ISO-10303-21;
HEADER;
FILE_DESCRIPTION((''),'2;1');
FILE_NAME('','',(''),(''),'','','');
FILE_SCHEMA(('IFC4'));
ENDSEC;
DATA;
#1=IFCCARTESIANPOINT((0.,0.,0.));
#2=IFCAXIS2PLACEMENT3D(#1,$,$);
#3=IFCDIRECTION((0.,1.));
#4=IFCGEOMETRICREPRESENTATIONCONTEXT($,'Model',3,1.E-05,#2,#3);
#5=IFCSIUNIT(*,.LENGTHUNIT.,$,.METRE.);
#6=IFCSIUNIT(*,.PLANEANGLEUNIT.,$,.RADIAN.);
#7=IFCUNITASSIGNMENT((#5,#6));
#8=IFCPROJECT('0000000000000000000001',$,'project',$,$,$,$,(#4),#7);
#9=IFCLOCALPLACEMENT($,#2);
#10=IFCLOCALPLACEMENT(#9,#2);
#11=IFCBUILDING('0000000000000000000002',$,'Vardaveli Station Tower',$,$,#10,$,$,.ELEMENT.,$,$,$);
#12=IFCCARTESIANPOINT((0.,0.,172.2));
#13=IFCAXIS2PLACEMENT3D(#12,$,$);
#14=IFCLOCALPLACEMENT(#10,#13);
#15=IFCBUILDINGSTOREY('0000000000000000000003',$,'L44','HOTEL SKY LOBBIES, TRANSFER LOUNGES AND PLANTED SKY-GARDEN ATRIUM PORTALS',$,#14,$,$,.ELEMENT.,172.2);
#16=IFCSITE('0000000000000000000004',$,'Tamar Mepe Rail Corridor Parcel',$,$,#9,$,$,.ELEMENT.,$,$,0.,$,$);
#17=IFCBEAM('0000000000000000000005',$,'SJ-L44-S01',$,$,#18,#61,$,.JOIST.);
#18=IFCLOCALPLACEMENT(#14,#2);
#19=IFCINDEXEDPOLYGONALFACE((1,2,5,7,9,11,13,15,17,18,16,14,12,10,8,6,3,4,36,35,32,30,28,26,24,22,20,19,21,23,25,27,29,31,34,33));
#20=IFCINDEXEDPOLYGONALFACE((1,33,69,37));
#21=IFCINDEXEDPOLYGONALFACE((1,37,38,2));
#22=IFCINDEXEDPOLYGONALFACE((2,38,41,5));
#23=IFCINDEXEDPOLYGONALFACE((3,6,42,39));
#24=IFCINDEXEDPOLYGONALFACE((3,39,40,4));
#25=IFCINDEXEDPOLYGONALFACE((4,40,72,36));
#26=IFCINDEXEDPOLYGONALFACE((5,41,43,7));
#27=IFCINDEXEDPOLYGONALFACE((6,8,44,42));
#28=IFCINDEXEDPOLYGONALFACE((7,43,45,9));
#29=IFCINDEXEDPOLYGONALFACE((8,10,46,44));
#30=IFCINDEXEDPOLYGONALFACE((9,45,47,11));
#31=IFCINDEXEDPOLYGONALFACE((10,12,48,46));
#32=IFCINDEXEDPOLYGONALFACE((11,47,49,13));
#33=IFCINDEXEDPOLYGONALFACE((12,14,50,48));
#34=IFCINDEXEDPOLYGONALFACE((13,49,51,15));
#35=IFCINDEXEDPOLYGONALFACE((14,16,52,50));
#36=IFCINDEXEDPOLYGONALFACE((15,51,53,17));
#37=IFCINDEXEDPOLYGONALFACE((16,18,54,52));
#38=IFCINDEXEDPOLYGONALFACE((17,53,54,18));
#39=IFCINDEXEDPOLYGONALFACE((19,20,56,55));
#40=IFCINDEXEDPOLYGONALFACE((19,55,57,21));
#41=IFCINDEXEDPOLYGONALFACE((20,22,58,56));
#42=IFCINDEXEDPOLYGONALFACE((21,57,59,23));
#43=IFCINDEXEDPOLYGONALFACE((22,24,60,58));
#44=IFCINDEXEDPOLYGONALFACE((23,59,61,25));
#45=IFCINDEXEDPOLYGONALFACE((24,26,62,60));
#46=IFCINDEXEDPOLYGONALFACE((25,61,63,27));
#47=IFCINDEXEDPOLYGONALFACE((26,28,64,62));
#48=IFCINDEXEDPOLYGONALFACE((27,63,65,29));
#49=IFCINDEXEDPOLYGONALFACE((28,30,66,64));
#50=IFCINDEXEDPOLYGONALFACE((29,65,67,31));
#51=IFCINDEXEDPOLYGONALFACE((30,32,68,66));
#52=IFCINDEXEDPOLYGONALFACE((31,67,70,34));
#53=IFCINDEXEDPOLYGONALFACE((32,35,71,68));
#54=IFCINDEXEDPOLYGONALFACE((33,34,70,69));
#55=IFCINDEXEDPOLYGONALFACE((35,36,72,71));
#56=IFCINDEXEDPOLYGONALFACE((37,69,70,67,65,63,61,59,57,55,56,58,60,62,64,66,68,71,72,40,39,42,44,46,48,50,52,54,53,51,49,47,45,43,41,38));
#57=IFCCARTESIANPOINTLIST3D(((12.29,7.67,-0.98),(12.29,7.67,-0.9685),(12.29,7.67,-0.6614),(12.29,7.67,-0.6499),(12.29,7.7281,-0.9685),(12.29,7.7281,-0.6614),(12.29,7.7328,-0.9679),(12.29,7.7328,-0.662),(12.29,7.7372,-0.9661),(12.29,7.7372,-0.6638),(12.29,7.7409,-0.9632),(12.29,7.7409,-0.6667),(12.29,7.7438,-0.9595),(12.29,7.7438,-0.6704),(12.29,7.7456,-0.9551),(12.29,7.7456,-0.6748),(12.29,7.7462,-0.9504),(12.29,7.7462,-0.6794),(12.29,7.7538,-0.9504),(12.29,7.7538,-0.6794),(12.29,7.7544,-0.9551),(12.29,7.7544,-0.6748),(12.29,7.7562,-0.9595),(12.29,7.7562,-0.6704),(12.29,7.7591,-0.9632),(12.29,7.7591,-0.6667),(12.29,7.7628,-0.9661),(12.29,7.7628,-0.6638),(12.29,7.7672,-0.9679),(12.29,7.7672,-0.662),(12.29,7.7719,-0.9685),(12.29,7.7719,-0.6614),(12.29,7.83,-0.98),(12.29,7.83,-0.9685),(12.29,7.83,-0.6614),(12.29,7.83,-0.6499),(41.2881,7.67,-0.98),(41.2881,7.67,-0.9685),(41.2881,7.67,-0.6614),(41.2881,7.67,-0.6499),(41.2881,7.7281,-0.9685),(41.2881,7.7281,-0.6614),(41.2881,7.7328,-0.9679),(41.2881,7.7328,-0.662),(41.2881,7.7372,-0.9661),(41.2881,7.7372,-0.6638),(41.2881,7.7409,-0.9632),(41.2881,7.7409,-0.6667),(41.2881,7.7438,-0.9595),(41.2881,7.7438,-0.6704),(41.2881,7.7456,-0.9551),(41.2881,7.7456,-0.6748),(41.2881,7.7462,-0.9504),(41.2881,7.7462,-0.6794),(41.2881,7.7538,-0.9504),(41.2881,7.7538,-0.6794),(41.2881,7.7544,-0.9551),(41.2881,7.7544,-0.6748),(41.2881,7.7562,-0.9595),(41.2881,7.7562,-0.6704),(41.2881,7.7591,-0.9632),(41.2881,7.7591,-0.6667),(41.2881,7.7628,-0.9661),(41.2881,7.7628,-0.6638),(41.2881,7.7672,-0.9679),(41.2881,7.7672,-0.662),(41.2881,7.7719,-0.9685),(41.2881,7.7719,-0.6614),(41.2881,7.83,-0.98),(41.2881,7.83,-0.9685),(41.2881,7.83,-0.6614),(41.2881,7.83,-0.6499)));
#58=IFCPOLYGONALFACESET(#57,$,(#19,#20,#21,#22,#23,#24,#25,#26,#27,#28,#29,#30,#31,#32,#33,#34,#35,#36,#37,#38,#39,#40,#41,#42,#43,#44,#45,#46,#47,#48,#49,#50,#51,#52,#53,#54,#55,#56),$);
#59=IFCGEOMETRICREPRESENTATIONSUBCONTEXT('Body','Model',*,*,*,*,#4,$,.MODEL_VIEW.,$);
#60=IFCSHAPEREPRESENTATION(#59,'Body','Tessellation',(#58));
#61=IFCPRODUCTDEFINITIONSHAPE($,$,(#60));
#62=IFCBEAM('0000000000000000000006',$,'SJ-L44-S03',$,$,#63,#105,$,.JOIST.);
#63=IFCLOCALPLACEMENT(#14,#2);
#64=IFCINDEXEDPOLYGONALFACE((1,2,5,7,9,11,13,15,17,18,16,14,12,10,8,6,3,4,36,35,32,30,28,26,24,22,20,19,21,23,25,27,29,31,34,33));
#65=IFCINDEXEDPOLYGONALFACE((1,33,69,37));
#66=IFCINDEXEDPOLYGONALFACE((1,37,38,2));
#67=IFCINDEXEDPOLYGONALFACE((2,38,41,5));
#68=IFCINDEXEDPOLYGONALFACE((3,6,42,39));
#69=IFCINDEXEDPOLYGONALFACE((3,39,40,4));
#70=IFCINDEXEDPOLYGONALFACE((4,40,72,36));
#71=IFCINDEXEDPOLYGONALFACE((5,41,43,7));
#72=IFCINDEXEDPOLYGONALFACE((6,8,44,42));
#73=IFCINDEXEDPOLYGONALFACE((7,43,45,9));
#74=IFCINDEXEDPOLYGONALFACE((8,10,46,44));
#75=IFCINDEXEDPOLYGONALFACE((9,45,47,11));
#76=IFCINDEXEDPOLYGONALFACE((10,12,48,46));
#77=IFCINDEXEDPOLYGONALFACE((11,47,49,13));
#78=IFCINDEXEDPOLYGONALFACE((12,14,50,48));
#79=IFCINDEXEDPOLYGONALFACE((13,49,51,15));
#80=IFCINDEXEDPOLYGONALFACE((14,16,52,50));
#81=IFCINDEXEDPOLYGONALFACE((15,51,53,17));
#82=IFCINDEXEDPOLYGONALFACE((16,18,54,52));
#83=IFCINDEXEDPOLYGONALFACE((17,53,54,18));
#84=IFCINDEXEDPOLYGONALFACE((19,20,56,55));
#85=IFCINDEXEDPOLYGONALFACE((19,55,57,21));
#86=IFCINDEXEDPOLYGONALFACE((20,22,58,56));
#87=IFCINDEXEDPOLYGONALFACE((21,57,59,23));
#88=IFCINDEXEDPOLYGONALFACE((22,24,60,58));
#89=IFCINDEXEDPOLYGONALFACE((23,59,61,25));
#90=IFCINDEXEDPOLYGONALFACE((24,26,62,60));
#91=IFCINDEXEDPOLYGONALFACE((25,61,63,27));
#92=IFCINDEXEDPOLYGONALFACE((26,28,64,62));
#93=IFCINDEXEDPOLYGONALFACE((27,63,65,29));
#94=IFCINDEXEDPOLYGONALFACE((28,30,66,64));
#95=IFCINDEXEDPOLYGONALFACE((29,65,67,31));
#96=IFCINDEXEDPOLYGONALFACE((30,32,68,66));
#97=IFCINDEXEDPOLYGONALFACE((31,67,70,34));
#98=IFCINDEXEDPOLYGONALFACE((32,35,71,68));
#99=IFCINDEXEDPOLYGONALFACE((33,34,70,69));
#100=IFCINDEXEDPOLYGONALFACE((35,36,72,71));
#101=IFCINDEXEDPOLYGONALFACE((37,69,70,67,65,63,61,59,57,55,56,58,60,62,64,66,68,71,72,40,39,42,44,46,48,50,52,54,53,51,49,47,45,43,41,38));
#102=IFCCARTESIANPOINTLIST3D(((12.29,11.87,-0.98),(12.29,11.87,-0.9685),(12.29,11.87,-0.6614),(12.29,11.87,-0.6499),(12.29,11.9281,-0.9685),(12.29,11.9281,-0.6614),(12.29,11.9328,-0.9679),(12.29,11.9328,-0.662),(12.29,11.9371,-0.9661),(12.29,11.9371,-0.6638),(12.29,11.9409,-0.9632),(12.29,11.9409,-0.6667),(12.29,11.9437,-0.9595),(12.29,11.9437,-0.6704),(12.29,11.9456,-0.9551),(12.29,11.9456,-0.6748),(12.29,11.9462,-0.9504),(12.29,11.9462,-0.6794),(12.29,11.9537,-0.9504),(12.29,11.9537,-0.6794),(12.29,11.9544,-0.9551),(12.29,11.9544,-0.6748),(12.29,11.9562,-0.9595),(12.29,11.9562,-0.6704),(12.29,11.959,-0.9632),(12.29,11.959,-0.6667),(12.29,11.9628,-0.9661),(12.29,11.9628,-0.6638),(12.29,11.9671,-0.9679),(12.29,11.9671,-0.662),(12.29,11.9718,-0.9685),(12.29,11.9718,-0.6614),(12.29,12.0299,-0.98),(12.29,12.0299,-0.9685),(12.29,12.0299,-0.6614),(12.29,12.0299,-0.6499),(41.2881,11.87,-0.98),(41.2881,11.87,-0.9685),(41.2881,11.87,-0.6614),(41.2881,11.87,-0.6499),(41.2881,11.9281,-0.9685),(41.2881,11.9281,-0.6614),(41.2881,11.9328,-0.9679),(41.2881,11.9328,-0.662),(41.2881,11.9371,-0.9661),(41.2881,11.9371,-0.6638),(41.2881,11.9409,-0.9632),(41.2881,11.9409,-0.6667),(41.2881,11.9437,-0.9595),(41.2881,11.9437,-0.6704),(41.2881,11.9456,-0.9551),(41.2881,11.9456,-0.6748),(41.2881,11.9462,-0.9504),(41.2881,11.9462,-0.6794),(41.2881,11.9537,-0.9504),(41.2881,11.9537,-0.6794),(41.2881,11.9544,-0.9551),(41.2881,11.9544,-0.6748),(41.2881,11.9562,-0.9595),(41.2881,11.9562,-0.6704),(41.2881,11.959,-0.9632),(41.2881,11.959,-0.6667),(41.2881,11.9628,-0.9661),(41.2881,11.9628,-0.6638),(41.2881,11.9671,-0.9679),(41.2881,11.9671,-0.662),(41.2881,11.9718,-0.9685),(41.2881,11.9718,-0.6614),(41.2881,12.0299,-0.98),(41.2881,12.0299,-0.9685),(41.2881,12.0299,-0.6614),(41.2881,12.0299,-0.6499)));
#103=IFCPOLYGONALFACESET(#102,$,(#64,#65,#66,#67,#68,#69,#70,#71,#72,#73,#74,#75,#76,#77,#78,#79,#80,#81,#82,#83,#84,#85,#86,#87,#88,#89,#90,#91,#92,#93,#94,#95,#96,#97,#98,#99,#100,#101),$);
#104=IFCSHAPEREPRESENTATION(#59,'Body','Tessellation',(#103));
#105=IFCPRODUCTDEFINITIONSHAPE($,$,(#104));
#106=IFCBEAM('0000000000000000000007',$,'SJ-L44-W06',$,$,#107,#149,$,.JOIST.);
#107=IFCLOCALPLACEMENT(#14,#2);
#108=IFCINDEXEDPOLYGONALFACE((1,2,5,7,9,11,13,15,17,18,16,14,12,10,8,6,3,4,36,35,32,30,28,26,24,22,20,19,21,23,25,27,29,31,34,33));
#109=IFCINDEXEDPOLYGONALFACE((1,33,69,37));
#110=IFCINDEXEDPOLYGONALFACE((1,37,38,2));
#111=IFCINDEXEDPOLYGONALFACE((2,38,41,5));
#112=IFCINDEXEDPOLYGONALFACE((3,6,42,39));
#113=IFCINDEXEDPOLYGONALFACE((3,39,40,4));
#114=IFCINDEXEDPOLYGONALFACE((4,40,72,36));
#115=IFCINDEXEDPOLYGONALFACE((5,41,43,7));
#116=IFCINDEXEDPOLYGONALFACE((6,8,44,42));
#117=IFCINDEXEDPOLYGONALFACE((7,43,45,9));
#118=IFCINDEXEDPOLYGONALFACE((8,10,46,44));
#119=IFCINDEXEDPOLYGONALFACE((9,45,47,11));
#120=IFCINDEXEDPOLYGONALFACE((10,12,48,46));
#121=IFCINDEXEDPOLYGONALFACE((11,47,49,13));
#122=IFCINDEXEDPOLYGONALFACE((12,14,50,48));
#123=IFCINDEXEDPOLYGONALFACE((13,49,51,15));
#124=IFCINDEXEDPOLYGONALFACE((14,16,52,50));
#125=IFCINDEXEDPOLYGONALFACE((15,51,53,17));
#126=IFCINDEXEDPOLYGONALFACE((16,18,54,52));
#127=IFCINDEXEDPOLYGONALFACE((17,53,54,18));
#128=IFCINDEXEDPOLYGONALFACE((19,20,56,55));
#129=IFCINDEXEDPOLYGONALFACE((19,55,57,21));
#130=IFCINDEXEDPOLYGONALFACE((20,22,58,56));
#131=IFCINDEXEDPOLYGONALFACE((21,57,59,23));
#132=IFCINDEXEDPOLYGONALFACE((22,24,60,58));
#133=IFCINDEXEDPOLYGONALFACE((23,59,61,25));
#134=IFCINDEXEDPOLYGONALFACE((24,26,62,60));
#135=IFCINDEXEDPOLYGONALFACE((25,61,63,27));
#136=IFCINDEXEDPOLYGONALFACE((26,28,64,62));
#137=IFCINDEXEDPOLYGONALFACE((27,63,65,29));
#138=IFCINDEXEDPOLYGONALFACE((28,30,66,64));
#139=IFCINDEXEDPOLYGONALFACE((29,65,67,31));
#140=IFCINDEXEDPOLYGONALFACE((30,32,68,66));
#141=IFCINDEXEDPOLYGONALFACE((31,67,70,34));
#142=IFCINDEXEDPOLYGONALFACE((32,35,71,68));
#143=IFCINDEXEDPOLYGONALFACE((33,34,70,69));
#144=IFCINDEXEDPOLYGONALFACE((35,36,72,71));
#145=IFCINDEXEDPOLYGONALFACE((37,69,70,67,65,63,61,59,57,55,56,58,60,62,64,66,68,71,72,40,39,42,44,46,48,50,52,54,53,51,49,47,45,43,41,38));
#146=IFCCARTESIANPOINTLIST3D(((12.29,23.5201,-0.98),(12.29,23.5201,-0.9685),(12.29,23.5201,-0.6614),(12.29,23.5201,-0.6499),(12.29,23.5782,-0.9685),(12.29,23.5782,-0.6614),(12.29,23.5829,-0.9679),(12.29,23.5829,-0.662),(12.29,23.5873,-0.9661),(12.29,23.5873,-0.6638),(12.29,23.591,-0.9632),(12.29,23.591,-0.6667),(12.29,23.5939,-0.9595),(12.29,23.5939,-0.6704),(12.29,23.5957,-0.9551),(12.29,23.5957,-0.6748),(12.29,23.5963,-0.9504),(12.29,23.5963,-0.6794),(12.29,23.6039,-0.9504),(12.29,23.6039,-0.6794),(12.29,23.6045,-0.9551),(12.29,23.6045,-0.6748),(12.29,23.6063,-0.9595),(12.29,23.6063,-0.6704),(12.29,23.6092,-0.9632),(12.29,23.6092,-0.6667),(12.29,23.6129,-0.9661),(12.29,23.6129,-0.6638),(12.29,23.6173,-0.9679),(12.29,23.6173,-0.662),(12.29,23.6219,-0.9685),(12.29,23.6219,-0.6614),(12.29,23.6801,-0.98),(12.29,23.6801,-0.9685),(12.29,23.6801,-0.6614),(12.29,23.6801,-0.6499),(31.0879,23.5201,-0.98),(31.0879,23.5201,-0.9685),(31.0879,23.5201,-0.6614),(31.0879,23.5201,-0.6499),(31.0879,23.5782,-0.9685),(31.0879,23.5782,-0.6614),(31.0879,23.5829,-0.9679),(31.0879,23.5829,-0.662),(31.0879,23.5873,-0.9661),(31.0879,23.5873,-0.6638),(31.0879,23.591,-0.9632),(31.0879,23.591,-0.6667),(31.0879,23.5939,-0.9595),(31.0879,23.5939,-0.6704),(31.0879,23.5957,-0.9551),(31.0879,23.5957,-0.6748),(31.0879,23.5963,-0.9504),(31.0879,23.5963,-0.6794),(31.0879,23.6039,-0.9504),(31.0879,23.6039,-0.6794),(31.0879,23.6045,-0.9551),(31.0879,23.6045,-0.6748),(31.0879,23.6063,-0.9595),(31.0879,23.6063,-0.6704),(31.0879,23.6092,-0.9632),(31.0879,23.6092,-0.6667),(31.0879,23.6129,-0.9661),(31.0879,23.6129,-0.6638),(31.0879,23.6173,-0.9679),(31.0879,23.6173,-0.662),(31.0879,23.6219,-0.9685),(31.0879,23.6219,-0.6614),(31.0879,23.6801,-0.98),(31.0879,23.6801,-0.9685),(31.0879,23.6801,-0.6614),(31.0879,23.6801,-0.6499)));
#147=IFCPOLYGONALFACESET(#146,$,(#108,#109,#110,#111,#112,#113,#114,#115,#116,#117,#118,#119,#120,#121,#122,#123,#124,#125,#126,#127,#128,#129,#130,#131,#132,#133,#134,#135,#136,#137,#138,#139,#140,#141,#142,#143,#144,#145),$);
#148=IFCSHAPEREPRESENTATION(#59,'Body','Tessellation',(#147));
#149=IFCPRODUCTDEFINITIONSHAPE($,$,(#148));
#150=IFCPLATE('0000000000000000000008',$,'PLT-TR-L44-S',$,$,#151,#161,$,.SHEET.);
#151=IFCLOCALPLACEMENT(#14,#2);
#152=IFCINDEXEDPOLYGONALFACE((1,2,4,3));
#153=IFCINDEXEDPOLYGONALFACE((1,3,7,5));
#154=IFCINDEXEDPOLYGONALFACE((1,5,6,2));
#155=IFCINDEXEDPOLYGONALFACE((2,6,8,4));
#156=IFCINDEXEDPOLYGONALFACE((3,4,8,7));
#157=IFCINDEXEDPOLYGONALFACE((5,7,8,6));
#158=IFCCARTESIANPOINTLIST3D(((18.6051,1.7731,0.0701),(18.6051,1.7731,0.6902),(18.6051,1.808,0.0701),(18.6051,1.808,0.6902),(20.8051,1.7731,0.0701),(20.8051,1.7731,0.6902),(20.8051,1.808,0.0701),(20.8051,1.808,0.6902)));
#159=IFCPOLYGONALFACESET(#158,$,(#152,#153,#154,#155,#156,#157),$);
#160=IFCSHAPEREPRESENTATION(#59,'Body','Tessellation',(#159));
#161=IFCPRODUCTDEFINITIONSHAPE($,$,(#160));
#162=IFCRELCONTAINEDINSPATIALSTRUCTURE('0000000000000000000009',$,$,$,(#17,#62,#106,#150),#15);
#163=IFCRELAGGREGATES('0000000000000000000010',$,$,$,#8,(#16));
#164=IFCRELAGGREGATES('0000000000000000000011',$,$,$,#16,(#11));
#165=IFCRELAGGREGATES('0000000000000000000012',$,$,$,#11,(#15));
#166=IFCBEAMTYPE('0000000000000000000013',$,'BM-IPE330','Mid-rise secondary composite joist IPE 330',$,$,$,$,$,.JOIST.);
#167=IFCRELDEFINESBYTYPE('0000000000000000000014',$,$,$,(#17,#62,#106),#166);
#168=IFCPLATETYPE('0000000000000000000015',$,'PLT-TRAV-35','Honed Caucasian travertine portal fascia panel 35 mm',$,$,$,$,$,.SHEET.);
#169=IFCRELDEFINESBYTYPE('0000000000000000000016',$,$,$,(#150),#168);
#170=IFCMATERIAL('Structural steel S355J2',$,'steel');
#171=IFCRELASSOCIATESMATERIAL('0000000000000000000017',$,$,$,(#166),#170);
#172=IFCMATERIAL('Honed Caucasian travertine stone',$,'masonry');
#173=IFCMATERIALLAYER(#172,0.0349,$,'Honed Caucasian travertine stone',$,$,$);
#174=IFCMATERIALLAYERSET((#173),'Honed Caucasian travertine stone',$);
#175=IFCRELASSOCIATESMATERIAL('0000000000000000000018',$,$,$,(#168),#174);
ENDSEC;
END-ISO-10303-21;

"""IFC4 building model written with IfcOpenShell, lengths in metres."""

from ifc_helpers import new_model, si_unit, direction, frame, origin, origin_2d, place, context, subcontext, project, spatial, rectangle, i_section, extrude, source, transform, mapped, material, layer, layer_set, material_profile, profile_set, type_object, element, save


model = new_model("IFC4")

# Units and contexts
model_context = context("Model", 3, precision=1e-05, world=origin(), true_north=direction((0.0, 1.0)))
body_context = subcontext(model_context, "Body", "Model", "MODEL_VIEW")
ifc_project = project(units=[si_unit("LENGTHUNIT", "METRE"), si_unit("PLANEANGLEUNIT", "RADIAN")], contexts=[model_context])

# Site, building, storey
site_placement = place(None, origin())
site = spatial("IfcSite", under=ifc_project, at=site_placement, Name="Tamar Mepe Rail Corridor Parcel", CompositionType="ELEMENT", RefElevation=0.0)
building_placement = place(site_placement, origin())
building = spatial("IfcBuilding", under=site, at=building_placement, Name="Vardaveli Station Tower", CompositionType="ELEMENT")
storey_placement = place(building_placement, frame((0.0, 0.0, 172.2)))
storey = spatial("IfcBuildingStorey", under=building, at=storey_placement, Name="L44", Description="HOTEL SKY LOBBIES, TRANSFER LOUNGES AND PLANTED SKY-GARDEN ATRIUM PORTALS", CompositionType="ELEMENT", Elevation=172.2)

# Beams
ifc_material_1 = material(Name="Structural steel S355J2", Category="steel")
ifc_material_profile_1 = material_profile(ifc_material_1, i_section(OverallWidth=0.1599, OverallDepth=0.3301, WebThickness=0.0076, FlangeThickness=0.0115, FilletRadius=0.0181, at=origin_2d()), Name="IPE 330")
ifc_profile_set_1 = profile_set([ifc_material_profile_1], Name="Structural steel S355J2")
beam_type_1 = type_object("IfcBeamType", Name="BM-IPE330", Description="Mid-rise secondary composite joist IPE 330", PredefinedType="JOIST", material=ifc_profile_set_1)
shared_shape_1 = source(origin(), body_context, "Body", "SweptSolid", [
    extrude(i_section(OverallWidth=0.1599, OverallDepth=0.3301, WebThickness=0.0076, FlangeThickness=0.0115, FilletRadius=0.0181, at=origin_2d()), origin(), (0.0, 0.0, 1.0), 28.998),
])
for number, where, z_axis, x_axis, name in (
    (1, (12.29, 7.75, -0.8149), (1.0, 0.0, 0.0), (0.0, 1.0, 0.0), "SJ-L44-S01"),
    (2, (12.29, 11.95, -0.8149), (1.0, 0.0, 0.0), (0.0, 1.0, 0.0), "SJ-L44-S03"),
):
    element("IfcBeam", number, at=place(storey_placement, frame(where, z_axis=z_axis, x_axis=x_axis)), inside=storey, type_object=beam_type_1, Name=name, PredefinedType="JOIST", context=body_context, shape_type="MappedRepresentation", body=[
        mapped(shared_shape_1, transform((0.0, 0.0, 0.0), scale=1.0)),
    ])
shared_shape_2 = source(origin(), body_context, "Body", "SweptSolid", [
    extrude(i_section(OverallWidth=0.1599, OverallDepth=0.3301, WebThickness=0.0076, FlangeThickness=0.0115, FilletRadius=0.0181, at=origin_2d()), origin(), (0.0, 0.0, 1.0), 18.7979),
])
beam_1_placement = place(storey_placement, frame((12.29, 23.6001, -0.8149), z_axis=(1.0, 0.0, 0.0), x_axis=(0.0, 1.0, 0.0)))
element("IfcBeam", 3, at=beam_1_placement, inside=storey, type_object=beam_type_1, Name="SJ-L44-W06", PredefinedType="JOIST", context=body_context, shape_type="MappedRepresentation", body=[
    mapped(shared_shape_2, transform((0.0, 0.0, 0.0), scale=1.0)),
])

# Plate
ifc_material_2 = material(Name="Honed Caucasian travertine stone", Category="masonry")
ifc_layer_1 = layer(ifc_material_2, 0.0349, Name="Honed Caucasian travertine stone")
ifc_layer_set_1 = layer_set([ifc_layer_1], Name="Honed Caucasian travertine stone")
plate_type = type_object("IfcPlateType", Name="PLT-TRAV-35", Description="Honed Caucasian travertine portal fascia panel 35 mm", PredefinedType="SHEET", material=ifc_layer_set_1)
shared_shape_3 = source(origin(), body_context, "Body", "SweptSolid", [
    extrude(rectangle(XDim=2.2, YDim=0.0349, at=origin_2d()), origin(), (0.0, 0.0, 1.0), 0.6201),
])
plate_placement = place(storey_placement, frame((19.7051, 1.7905, 0.0701), z_axis=(0.0, 0.0, 1.0), x_axis=(1.0, 0.0, 0.0)))
element("IfcPlate", 4, at=plate_placement, inside=storey, type_object=plate_type, Name="PLT-TR-L44-S", PredefinedType="SHEET", context=body_context, shape_type="MappedRepresentation", body=[
    mapped(shared_shape_3, transform((0.0, 0.0, 0.0), scale=1.0)),
])

save(model, "model.ifc")
